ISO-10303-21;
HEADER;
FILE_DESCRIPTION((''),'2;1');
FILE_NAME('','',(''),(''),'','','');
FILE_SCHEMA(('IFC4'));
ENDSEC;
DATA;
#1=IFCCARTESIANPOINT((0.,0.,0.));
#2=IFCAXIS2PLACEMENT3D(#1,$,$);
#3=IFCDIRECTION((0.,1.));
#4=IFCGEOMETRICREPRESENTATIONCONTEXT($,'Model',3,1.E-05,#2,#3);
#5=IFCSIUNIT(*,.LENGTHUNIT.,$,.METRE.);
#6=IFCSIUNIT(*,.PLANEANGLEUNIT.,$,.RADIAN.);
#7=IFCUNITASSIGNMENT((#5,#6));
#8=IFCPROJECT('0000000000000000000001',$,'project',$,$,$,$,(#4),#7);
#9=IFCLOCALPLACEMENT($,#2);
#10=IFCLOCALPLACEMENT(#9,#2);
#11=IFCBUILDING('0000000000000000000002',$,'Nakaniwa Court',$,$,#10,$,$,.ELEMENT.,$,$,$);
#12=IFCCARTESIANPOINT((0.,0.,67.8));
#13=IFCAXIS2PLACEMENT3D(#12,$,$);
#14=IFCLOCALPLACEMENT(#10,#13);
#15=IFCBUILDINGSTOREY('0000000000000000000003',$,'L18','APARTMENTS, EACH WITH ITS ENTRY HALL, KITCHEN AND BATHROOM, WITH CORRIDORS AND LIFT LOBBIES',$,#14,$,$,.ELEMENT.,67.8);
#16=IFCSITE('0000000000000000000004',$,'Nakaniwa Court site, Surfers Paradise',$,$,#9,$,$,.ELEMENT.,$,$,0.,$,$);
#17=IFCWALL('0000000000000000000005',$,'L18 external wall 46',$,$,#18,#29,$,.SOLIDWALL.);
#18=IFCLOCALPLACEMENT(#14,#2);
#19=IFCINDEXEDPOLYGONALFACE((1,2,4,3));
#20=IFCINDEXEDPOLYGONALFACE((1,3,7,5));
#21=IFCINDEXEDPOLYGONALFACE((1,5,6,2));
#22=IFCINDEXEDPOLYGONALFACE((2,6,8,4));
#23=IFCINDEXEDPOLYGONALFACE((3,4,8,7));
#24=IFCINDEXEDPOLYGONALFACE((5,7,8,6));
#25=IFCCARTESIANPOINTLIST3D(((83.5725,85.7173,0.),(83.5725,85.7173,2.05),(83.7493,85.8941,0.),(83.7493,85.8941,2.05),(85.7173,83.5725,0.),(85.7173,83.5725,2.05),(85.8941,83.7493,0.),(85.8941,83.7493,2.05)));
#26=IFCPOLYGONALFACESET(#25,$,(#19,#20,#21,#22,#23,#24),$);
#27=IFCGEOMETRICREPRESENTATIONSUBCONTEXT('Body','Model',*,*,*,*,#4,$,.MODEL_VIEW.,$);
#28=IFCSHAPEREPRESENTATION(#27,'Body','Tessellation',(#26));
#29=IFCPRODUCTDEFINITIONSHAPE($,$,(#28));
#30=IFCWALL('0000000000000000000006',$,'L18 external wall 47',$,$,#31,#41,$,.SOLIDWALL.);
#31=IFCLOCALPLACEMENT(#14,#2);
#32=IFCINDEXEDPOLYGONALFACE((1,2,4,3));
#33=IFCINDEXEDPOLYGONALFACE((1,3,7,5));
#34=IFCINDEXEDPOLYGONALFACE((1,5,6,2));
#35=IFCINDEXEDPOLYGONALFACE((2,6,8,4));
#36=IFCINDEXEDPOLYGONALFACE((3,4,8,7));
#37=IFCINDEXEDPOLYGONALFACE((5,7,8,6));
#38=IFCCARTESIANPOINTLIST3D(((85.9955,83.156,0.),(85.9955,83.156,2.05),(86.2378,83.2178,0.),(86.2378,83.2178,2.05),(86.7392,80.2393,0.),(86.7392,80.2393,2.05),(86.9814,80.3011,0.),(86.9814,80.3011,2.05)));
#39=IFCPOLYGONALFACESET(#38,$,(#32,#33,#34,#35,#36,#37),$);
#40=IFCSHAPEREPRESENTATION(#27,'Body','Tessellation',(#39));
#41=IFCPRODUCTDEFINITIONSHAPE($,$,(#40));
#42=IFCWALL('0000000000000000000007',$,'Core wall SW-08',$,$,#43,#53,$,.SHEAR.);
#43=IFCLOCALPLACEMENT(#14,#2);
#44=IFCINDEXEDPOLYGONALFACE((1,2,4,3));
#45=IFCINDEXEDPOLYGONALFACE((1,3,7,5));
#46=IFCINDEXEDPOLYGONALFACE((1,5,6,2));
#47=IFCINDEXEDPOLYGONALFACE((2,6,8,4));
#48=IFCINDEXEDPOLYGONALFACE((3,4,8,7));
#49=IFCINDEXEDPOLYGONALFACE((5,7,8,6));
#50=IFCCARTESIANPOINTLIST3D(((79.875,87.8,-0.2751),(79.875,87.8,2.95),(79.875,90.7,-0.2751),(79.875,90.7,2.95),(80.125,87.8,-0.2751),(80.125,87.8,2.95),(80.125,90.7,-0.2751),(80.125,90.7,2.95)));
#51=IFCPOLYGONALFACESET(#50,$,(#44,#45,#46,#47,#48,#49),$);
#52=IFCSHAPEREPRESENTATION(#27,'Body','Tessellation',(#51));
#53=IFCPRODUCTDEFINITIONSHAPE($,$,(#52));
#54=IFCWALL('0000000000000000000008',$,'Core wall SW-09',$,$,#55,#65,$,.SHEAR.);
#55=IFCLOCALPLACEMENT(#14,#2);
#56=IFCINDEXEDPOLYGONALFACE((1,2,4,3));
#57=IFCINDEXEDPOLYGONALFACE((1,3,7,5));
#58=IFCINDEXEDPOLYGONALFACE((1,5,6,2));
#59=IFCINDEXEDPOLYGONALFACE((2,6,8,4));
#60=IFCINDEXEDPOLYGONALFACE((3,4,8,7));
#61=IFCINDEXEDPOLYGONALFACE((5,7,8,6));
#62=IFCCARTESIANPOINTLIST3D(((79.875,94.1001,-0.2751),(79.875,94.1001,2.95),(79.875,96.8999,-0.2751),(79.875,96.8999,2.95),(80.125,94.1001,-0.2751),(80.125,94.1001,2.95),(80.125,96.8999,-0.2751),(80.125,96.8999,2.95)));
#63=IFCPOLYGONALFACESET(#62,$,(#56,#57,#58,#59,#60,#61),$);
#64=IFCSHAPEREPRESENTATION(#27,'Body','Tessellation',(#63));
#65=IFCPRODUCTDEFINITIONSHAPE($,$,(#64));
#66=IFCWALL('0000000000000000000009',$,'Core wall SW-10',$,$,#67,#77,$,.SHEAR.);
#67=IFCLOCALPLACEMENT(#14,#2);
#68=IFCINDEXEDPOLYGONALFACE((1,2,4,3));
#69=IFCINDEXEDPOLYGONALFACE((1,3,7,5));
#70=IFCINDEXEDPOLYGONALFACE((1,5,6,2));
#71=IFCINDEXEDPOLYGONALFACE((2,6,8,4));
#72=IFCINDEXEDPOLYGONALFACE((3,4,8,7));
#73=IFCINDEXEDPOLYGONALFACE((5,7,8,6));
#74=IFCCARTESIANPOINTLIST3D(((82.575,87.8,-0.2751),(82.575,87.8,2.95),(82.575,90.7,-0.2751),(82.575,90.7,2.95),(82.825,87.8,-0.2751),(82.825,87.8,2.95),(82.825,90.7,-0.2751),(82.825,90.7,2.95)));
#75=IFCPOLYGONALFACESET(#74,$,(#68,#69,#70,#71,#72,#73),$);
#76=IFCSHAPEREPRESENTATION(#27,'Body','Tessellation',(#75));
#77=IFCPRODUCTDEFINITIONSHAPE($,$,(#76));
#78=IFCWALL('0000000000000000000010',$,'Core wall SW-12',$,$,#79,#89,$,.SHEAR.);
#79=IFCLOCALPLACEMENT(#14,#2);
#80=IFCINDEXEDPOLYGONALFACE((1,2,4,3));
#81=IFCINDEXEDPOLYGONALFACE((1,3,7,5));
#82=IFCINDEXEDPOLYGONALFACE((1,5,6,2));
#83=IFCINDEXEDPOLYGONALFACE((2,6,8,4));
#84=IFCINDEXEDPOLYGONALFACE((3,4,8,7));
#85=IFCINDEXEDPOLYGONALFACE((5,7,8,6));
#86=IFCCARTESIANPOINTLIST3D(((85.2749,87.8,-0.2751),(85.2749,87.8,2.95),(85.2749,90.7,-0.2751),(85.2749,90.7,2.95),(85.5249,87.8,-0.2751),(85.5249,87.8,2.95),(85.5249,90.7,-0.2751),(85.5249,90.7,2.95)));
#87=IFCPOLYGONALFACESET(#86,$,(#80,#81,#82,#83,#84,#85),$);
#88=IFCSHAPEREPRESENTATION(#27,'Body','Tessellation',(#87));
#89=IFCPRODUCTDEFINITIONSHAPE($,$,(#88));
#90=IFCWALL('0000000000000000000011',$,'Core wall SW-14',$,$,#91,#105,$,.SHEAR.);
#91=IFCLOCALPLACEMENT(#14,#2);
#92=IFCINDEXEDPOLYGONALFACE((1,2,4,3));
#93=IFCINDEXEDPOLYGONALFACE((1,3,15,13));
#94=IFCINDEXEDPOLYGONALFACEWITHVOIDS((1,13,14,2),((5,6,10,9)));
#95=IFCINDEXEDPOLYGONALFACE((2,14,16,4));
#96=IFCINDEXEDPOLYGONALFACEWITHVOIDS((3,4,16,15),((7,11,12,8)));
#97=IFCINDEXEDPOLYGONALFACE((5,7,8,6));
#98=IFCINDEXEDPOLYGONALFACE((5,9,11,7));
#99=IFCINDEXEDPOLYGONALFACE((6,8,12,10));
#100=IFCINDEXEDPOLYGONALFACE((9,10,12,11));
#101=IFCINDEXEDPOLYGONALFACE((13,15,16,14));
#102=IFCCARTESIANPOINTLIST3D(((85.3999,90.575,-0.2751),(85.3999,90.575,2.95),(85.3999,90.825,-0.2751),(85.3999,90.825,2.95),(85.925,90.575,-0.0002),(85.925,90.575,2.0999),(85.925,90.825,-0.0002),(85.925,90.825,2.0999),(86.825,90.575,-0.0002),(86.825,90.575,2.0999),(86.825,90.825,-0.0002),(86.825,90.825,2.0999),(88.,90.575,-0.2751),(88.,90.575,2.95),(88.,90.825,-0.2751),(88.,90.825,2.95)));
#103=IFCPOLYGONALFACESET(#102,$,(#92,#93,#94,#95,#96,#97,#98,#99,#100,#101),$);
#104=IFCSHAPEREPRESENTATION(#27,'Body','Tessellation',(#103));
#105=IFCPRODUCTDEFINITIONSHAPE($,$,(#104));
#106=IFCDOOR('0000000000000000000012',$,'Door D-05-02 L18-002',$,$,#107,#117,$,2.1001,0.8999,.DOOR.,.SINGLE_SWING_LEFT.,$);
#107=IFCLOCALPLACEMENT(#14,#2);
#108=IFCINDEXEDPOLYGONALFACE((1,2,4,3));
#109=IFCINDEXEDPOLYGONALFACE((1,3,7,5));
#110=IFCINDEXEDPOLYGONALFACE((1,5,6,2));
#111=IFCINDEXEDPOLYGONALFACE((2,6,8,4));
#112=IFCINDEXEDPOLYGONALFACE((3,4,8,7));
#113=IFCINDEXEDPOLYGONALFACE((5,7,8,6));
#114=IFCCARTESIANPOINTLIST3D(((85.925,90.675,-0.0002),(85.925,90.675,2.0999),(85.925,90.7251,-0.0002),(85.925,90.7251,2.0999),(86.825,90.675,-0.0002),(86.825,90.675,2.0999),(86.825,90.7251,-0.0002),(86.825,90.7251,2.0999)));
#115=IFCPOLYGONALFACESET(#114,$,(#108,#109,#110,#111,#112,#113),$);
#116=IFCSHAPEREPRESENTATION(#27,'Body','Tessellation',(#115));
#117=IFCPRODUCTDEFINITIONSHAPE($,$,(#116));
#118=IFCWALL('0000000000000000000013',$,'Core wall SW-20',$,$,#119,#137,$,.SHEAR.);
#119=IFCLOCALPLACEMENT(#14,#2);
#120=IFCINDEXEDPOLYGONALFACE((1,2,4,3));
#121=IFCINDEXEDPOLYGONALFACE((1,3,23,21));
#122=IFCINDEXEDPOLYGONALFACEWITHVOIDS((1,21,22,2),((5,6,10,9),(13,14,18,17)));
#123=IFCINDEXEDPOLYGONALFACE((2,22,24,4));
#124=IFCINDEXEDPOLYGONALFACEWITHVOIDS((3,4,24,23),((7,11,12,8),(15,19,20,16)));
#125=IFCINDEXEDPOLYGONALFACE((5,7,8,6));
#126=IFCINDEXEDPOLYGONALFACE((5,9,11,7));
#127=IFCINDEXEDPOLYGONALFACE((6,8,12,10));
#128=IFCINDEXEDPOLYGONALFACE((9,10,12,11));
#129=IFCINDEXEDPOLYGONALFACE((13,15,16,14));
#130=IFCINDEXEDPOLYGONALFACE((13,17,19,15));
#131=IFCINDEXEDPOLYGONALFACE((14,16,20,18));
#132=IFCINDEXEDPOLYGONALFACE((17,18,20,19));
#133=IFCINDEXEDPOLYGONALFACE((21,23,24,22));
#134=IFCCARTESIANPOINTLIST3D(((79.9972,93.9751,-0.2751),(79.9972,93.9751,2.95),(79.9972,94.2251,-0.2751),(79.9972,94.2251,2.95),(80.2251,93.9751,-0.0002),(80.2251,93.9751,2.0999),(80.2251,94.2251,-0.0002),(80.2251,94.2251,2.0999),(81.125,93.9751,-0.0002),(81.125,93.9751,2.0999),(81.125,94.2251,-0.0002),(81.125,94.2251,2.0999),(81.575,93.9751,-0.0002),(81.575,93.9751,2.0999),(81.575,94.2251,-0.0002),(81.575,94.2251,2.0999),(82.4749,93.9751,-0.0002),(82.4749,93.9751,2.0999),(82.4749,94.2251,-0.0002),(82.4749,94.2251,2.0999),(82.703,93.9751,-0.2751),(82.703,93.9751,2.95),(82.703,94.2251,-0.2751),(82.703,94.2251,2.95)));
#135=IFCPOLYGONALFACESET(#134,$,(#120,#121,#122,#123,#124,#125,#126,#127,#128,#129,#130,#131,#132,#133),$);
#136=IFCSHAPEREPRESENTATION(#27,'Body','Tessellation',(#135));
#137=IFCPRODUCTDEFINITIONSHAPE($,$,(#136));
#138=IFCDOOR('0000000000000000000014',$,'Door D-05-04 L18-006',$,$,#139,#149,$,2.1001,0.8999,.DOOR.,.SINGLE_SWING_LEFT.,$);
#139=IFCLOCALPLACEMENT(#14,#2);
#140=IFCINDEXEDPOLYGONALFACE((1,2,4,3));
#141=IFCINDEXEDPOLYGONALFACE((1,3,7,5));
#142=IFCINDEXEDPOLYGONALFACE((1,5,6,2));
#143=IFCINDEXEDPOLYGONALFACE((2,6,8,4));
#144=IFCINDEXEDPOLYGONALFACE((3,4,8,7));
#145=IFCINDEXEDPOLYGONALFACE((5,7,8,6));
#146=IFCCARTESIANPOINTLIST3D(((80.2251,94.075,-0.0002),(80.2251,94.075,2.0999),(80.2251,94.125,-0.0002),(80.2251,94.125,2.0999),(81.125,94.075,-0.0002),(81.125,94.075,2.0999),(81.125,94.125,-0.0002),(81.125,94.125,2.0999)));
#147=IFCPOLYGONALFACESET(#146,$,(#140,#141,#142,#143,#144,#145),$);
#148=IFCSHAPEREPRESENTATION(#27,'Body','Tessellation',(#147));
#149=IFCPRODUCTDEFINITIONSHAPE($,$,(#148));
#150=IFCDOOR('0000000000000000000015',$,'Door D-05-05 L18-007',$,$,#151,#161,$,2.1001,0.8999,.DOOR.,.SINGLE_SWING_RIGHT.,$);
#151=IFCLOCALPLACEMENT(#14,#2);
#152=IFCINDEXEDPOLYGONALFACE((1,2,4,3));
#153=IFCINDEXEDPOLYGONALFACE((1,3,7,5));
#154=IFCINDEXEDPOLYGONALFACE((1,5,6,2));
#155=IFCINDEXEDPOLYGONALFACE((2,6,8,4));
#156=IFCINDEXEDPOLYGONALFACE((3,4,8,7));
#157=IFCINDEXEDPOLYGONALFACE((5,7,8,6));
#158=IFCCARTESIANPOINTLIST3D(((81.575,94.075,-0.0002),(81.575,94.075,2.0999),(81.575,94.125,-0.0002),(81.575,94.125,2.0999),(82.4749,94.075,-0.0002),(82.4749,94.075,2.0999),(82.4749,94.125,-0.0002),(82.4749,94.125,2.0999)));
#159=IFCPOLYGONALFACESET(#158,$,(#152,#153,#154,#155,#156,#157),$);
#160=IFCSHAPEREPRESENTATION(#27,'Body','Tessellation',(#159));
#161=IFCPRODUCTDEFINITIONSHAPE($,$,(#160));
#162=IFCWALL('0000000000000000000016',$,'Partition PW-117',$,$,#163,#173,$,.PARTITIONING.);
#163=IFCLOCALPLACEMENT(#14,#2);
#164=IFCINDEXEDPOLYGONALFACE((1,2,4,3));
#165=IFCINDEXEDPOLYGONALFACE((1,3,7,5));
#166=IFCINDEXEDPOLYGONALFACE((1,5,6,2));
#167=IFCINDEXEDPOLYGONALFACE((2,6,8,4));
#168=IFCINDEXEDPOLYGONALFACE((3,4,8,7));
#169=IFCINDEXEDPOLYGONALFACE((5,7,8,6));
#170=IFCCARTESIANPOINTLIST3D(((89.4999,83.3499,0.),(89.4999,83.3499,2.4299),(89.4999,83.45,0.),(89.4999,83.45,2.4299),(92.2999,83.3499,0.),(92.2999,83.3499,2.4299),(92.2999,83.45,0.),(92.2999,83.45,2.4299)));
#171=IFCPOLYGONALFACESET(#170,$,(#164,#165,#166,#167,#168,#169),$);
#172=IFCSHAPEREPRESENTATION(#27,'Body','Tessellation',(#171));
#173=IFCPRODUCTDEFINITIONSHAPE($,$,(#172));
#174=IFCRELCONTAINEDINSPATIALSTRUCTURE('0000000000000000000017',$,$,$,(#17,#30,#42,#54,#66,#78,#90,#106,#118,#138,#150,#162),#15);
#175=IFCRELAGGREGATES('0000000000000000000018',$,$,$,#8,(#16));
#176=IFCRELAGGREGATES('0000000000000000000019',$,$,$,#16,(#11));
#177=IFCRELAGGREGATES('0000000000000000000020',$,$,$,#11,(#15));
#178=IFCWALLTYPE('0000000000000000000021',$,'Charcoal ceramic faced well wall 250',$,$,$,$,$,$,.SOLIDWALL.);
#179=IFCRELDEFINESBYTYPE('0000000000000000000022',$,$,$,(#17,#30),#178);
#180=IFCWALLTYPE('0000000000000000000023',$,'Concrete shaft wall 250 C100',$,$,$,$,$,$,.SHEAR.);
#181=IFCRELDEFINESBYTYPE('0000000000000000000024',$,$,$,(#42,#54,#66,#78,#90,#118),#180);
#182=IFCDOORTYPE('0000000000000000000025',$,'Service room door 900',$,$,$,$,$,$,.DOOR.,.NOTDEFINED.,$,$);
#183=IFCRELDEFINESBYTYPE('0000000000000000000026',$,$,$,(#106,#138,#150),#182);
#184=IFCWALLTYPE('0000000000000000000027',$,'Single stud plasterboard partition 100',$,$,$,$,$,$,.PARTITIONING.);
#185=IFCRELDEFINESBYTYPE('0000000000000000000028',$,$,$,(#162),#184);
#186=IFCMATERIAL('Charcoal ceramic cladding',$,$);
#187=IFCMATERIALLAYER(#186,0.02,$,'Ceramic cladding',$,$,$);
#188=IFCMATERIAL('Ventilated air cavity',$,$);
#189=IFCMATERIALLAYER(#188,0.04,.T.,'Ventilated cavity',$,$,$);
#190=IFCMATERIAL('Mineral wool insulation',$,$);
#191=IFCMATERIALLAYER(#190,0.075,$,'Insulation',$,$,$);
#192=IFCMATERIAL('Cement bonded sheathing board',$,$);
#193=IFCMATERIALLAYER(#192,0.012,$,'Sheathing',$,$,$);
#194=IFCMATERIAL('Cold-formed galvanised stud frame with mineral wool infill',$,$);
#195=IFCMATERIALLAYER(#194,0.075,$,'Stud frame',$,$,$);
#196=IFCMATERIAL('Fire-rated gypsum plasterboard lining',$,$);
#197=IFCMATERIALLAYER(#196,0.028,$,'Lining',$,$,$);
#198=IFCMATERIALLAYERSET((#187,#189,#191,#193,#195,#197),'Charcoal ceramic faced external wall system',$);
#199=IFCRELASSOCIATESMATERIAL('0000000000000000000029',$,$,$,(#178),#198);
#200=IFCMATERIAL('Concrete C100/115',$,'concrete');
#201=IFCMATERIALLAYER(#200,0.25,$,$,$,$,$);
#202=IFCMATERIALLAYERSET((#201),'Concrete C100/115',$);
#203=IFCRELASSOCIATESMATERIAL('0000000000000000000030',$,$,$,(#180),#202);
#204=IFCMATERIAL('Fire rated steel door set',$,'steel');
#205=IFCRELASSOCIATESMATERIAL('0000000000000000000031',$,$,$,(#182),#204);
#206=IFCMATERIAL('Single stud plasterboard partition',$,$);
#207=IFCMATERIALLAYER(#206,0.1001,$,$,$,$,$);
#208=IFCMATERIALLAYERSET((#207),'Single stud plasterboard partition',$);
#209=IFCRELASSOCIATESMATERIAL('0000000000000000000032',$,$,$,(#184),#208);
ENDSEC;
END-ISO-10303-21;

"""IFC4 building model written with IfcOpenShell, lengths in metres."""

from ifc_helpers import new_model, si_unit, direction, frame, frame_2d, origin, place, context, subcontext, project, spatial, rectangle, extrude, material, layer, layer_set, type_object, element, fill, save


model = new_model("IFC4")

# Units and contexts
model_context = context("Model", 3, precision=1e-05, world=origin(), true_north=direction((0.0, 1.0)))
body_context = subcontext(model_context, "Body", "Model", "MODEL_VIEW")
ifc_project = project(units=[si_unit("LENGTHUNIT", "METRE"), si_unit("PLANEANGLEUNIT", "RADIAN")], contexts=[model_context])

# Site, building, storey
site_placement = place(None, origin())
site = spatial("IfcSite", under=ifc_project, at=site_placement, Name="Nakaniwa Court site, Surfers Paradise", CompositionType="ELEMENT", RefElevation=0.0)
building_placement = place(site_placement, origin())
building = spatial("IfcBuilding", under=site, at=building_placement, Name="Nakaniwa Court", CompositionType="ELEMENT")
storey_placement = place(building_placement, frame((0.0, 0.0, 67.8)))
storey = spatial("IfcBuildingStorey", under=building, at=storey_placement, Name="L18", Description="APARTMENTS, EACH WITH ITS ENTRY HALL, KITCHEN AND BATHROOM, WITH CORRIDORS AND LIFT LOBBIES", CompositionType="ELEMENT", Elevation=67.8)

# Shared definitions
ifc_material_1 = material(Name="Concrete C100/115", Category="concrete")

# Walls
ifc_material_2 = material(Name="Charcoal ceramic cladding")
ifc_layer_1 = layer(ifc_material_2, 0.02, Name="Ceramic cladding")
ifc_material_3 = material(Name="Ventilated air cavity")
ifc_layer_2 = layer(ifc_material_3, 0.04, ventilated=True, Name="Ventilated cavity")
ifc_material_4 = material(Name="Mineral wool insulation")
ifc_layer_3 = layer(ifc_material_4, 0.075, Name="Insulation")
ifc_material_5 = material(Name="Cement bonded sheathing board")
ifc_layer_4 = layer(ifc_material_5, 0.012, Name="Sheathing")
ifc_material_6 = material(Name="Cold-formed galvanised stud frame with mineral wool infill")
ifc_layer_5 = layer(ifc_material_6, 0.075, Name="Stud frame")
ifc_material_7 = material(Name="Fire-rated gypsum plasterboard lining")
ifc_layer_6 = layer(ifc_material_7, 0.028, Name="Lining")
ifc_layer_set_1 = layer_set([ifc_layer_1, ifc_layer_2, ifc_layer_3, ifc_layer_4, ifc_layer_5, ifc_layer_6], Name="Charcoal ceramic faced external wall system")
wall_type_1 = type_object("IfcWallType", Name="Charcoal ceramic faced well wall 250", PredefinedType="SOLIDWALL", material=ifc_layer_set_1)
wall_1_placement = place(storey_placement, frame((83.6609, 85.8057, 0.0), z_axis=(0.0, 0.0, 1.0), x_axis=(0.707107, -0.707107, 0.0)))
element("IfcWall", 1, at=wall_1_placement, inside=storey, type_object=wall_type_1, Name="L18 external wall 46", PredefinedType="SOLIDWALL", context=body_context, shape_type="SweptSolid", body=[
    extrude(rectangle(XDim=3.0332, YDim=0.25, at=frame_2d((1.5166, 0.0))), origin(), (0.0, 0.0, 1.0), 2.05),
])
wall_2_placement = place(storey_placement, frame((86.1167, 83.1868, 0.0), z_axis=(0.0, 0.0, 1.0), x_axis=(0.247056, -0.969001, 0.0)))
element("IfcWall", 2, at=wall_2_placement, inside=storey, type_object=wall_type_1, Name="L18 external wall 47", PredefinedType="SOLIDWALL", context=body_context, shape_type="SweptSolid", body=[
    extrude(rectangle(XDim=3.01, YDim=0.25, at=frame_2d((1.5049, 0.0))), origin(), (0.0, 0.0, 1.0), 2.05),
])
ifc_layer_7 = layer(ifc_material_1, 0.25)
ifc_layer_set_2 = layer_set([ifc_layer_7], Name="Concrete C100/115")
wall_type_2 = type_object("IfcWallType", Name="Concrete shaft wall 250 C100", PredefinedType="SHEAR", material=ifc_layer_set_2)
wall_3_placement = place(storey_placement, frame((80.0, 87.8, -0.2751), z_axis=(0.0, 0.0, 1.0), x_axis=(0.0, 1.0, 0.0)))
element("IfcWall", 3, at=wall_3_placement, inside=storey, type_object=wall_type_2, Name="Core wall SW-08", PredefinedType="SHEAR", context=body_context, shape_type="SweptSolid", body=[
    extrude(rectangle(XDim=2.8999, YDim=0.25, at=frame_2d((1.45, 0.0))), origin(), (0.0, 0.0, 1.0), 3.2251),
])
wall_4_placement = place(storey_placement, frame((80.0, 94.1001, -0.2751), z_axis=(0.0, 0.0, 1.0), x_axis=(0.0, 1.0, 0.0)))
element("IfcWall", 4, at=wall_4_placement, inside=storey, type_object=wall_type_2, Name="Core wall SW-09", PredefinedType="SHEAR", context=body_context, shape_type="SweptSolid", body=[
    extrude(rectangle(XDim=2.7998, YDim=0.25, at=frame_2d((1.3999, 0.0))), origin(), (0.0, 0.0, 1.0), 3.2251),
])
for number, where, z_axis, x_axis, name in (
    (5, (82.7, 87.8, -0.2751), (0.0, 0.0, 1.0), (0.0, 1.0, 0.0), "Core wall SW-10"),
    (6, (85.3999, 87.8, -0.2751), (0.0, 0.0, 1.0), (0.0, 1.0, 0.0), "Core wall SW-12"),
):
    element("IfcWall", number, at=place(storey_placement, frame(where, z_axis=z_axis, x_axis=x_axis)), inside=storey, type_object=wall_type_2, Name=name, PredefinedType="SHEAR", context=body_context, shape_type="SweptSolid", body=[
        extrude(rectangle(XDim=2.8999, YDim=0.25, at=frame_2d((1.45, 0.0))), origin(), (0.0, 0.0, 1.0), 3.2251),
    ])

# Wall, opening, door
wall_5_placement = place(storey_placement, frame((88.0, 90.7, -0.2751), z_axis=(0.0, 0.0, 1.0), x_axis=(-1.0, 0.0, 0.0)))
wall_5 = element("IfcWall", 7, at=wall_5_placement, inside=storey, type_object=wall_type_2, Name="Core wall SW-14", PredefinedType="SHEAR", context=body_context, shape_type="SweptSolid", body=[
    extrude(rectangle(XDim=2.6001, YDim=0.25, at=frame_2d((1.3, 0.0))), origin(), (0.0, 0.0, 1.0), 3.2251),
])
opening_1_placement = place(wall_5_placement, frame((1.175, 0.0, 0.2749)))
opening_1 = element("IfcOpeningElement", 8, at=opening_1_placement, cuts=wall_5, PredefinedType="OPENING", context=body_context, shape_type="SweptSolid", body=[
    extrude(rectangle(XDim=0.8999, YDim=2.1001, at=frame_2d((0.45, 1.05))), frame((0.0, 0.135, 0.0), z_axis=(0.0, -1.0, 0.0), x_axis=(1.0, 0.0, 0.0)), (0.0, 0.0, 1.0), 0.27),
])
ifc_material_8 = material(Name="Fire rated steel door set", Category="steel")
door_type_1 = type_object("IfcDoorType", Name="Service room door 900", OperationType="NOTDEFINED", PredefinedType="DOOR", material=ifc_material_8)
door_1_placement = place(opening_1_placement, origin())
door_1 = element("IfcDoor", 9, at=door_1_placement, inside=storey, type_object=door_type_1, Name="Door D-05-02 L18-002", OperationType="SINGLE_SWING_LEFT", OverallHeight=2.1001, OverallWidth=0.8999, PredefinedType="DOOR", context=body_context, shape_type="SweptSolid", body=[
    extrude(rectangle(XDim=0.8999, YDim=2.1001, at=frame_2d((0.45, 1.05))), frame((0.0, 0.0249, 0.0), z_axis=(0.0, -1.0, 0.0), x_axis=(1.0, 0.0, 0.0)), (0.0, 0.0, 1.0), 0.05),
])
fill(opening_1, door_1)

# Wall, openings, doors
wall_6_placement = place(storey_placement, frame((79.9971, 94.1001, -0.2751), z_axis=(0.0, 0.0, 1.0), x_axis=(1.0, 0.0, 0.0)))
wall_6 = element("IfcWall", 10, at=wall_6_placement, inside=storey, type_object=wall_type_2, Name="Core wall SW-20", PredefinedType="SHEAR", context=body_context, shape_type="SweptSolid", body=[
    extrude(rectangle(XDim=2.7058, YDim=0.25, at=frame_2d((1.353, 0.0))), origin(), (0.0, 0.0, 1.0), 3.2251),
])
opening_2_placement = place(wall_6_placement, frame((0.228, 0.0, 0.2749)))
opening_2 = element("IfcOpeningElement", 11, at=opening_2_placement, cuts=wall_6, PredefinedType="OPENING", context=body_context, shape_type="SweptSolid", body=[
    extrude(rectangle(XDim=0.8999, YDim=2.1001, at=frame_2d((0.45, 1.05))), frame((0.0, 0.135, 0.0), z_axis=(0.0, -1.0, 0.0), x_axis=(1.0, 0.0, 0.0)), (0.0, 0.0, 1.0), 0.27),
])
opening_3_placement = place(wall_6_placement, frame((1.5779, 0.0, 0.2749)))
opening_3 = element("IfcOpeningElement", 12, at=opening_3_placement, cuts=wall_6, PredefinedType="OPENING", context=body_context, shape_type="SweptSolid", body=[
    extrude(rectangle(XDim=0.8999, YDim=2.1001, at=frame_2d((0.45, 1.05))), frame((0.0, 0.135, 0.0), z_axis=(0.0, -1.0, 0.0), x_axis=(1.0, 0.0, 0.0)), (0.0, 0.0, 1.0), 0.27),
])
door_2_placement = place(opening_2_placement, origin())
door_2 = element("IfcDoor", 13, at=door_2_placement, inside=storey, type_object=door_type_1, Name="Door D-05-04 L18-006", OperationType="SINGLE_SWING_LEFT", OverallHeight=2.1001, OverallWidth=0.8999, PredefinedType="DOOR", context=body_context, shape_type="SweptSolid", body=[
    extrude(rectangle(XDim=0.8999, YDim=2.1001, at=frame_2d((0.45, 1.05))), frame((0.0, 0.0249, 0.0), z_axis=(0.0, -1.0, 0.0), x_axis=(1.0, 0.0, 0.0)), (0.0, 0.0, 1.0), 0.05),
])
fill(opening_2, door_2)
door_3_placement = place(opening_3_placement, origin())
door_3 = element("IfcDoor", 14, at=door_3_placement, inside=storey, type_object=door_type_1, Name="Door D-05-05 L18-007", OperationType="SINGLE_SWING_RIGHT", OverallHeight=2.1001, OverallWidth=0.8999, PredefinedType="DOOR", context=body_context, shape_type="SweptSolid", body=[
    extrude(rectangle(XDim=0.8999, YDim=2.1001, at=frame_2d((0.45, 1.05))), frame((0.0, 0.0249, 0.0), z_axis=(0.0, -1.0, 0.0), x_axis=(1.0, 0.0, 0.0)), (0.0, 0.0, 1.0), 0.05),
])
fill(opening_3, door_3)

# Wall
ifc_material_9 = material(Name="Single stud plasterboard partition")
ifc_layer_8 = layer(ifc_material_9, 0.1001)
ifc_layer_set_3 = layer_set([ifc_layer_8], Name="Single stud plasterboard partition")
wall_type_3 = type_object("IfcWallType", Name="Single stud plasterboard partition 100", PredefinedType="PARTITIONING", material=ifc_layer_set_3)
wall_7_placement = place(storey_placement, frame((89.5, 83.3999, 0.0), z_axis=(0.0, 0.0, 1.0), x_axis=(1.0, 0.0, 0.0)))
element("IfcWall", 15, at=wall_7_placement, inside=storey, type_object=wall_type_3, Name="Partition PW-117", PredefinedType="PARTITIONING", context=body_context, shape_type="SweptSolid", body=[
    extrude(rectangle(XDim=2.8, YDim=0.1001, at=frame_2d((1.3999, 0.0))), origin(), (0.0, 0.0, 1.0), 2.4299),
])

save(model, "model.ifc")
